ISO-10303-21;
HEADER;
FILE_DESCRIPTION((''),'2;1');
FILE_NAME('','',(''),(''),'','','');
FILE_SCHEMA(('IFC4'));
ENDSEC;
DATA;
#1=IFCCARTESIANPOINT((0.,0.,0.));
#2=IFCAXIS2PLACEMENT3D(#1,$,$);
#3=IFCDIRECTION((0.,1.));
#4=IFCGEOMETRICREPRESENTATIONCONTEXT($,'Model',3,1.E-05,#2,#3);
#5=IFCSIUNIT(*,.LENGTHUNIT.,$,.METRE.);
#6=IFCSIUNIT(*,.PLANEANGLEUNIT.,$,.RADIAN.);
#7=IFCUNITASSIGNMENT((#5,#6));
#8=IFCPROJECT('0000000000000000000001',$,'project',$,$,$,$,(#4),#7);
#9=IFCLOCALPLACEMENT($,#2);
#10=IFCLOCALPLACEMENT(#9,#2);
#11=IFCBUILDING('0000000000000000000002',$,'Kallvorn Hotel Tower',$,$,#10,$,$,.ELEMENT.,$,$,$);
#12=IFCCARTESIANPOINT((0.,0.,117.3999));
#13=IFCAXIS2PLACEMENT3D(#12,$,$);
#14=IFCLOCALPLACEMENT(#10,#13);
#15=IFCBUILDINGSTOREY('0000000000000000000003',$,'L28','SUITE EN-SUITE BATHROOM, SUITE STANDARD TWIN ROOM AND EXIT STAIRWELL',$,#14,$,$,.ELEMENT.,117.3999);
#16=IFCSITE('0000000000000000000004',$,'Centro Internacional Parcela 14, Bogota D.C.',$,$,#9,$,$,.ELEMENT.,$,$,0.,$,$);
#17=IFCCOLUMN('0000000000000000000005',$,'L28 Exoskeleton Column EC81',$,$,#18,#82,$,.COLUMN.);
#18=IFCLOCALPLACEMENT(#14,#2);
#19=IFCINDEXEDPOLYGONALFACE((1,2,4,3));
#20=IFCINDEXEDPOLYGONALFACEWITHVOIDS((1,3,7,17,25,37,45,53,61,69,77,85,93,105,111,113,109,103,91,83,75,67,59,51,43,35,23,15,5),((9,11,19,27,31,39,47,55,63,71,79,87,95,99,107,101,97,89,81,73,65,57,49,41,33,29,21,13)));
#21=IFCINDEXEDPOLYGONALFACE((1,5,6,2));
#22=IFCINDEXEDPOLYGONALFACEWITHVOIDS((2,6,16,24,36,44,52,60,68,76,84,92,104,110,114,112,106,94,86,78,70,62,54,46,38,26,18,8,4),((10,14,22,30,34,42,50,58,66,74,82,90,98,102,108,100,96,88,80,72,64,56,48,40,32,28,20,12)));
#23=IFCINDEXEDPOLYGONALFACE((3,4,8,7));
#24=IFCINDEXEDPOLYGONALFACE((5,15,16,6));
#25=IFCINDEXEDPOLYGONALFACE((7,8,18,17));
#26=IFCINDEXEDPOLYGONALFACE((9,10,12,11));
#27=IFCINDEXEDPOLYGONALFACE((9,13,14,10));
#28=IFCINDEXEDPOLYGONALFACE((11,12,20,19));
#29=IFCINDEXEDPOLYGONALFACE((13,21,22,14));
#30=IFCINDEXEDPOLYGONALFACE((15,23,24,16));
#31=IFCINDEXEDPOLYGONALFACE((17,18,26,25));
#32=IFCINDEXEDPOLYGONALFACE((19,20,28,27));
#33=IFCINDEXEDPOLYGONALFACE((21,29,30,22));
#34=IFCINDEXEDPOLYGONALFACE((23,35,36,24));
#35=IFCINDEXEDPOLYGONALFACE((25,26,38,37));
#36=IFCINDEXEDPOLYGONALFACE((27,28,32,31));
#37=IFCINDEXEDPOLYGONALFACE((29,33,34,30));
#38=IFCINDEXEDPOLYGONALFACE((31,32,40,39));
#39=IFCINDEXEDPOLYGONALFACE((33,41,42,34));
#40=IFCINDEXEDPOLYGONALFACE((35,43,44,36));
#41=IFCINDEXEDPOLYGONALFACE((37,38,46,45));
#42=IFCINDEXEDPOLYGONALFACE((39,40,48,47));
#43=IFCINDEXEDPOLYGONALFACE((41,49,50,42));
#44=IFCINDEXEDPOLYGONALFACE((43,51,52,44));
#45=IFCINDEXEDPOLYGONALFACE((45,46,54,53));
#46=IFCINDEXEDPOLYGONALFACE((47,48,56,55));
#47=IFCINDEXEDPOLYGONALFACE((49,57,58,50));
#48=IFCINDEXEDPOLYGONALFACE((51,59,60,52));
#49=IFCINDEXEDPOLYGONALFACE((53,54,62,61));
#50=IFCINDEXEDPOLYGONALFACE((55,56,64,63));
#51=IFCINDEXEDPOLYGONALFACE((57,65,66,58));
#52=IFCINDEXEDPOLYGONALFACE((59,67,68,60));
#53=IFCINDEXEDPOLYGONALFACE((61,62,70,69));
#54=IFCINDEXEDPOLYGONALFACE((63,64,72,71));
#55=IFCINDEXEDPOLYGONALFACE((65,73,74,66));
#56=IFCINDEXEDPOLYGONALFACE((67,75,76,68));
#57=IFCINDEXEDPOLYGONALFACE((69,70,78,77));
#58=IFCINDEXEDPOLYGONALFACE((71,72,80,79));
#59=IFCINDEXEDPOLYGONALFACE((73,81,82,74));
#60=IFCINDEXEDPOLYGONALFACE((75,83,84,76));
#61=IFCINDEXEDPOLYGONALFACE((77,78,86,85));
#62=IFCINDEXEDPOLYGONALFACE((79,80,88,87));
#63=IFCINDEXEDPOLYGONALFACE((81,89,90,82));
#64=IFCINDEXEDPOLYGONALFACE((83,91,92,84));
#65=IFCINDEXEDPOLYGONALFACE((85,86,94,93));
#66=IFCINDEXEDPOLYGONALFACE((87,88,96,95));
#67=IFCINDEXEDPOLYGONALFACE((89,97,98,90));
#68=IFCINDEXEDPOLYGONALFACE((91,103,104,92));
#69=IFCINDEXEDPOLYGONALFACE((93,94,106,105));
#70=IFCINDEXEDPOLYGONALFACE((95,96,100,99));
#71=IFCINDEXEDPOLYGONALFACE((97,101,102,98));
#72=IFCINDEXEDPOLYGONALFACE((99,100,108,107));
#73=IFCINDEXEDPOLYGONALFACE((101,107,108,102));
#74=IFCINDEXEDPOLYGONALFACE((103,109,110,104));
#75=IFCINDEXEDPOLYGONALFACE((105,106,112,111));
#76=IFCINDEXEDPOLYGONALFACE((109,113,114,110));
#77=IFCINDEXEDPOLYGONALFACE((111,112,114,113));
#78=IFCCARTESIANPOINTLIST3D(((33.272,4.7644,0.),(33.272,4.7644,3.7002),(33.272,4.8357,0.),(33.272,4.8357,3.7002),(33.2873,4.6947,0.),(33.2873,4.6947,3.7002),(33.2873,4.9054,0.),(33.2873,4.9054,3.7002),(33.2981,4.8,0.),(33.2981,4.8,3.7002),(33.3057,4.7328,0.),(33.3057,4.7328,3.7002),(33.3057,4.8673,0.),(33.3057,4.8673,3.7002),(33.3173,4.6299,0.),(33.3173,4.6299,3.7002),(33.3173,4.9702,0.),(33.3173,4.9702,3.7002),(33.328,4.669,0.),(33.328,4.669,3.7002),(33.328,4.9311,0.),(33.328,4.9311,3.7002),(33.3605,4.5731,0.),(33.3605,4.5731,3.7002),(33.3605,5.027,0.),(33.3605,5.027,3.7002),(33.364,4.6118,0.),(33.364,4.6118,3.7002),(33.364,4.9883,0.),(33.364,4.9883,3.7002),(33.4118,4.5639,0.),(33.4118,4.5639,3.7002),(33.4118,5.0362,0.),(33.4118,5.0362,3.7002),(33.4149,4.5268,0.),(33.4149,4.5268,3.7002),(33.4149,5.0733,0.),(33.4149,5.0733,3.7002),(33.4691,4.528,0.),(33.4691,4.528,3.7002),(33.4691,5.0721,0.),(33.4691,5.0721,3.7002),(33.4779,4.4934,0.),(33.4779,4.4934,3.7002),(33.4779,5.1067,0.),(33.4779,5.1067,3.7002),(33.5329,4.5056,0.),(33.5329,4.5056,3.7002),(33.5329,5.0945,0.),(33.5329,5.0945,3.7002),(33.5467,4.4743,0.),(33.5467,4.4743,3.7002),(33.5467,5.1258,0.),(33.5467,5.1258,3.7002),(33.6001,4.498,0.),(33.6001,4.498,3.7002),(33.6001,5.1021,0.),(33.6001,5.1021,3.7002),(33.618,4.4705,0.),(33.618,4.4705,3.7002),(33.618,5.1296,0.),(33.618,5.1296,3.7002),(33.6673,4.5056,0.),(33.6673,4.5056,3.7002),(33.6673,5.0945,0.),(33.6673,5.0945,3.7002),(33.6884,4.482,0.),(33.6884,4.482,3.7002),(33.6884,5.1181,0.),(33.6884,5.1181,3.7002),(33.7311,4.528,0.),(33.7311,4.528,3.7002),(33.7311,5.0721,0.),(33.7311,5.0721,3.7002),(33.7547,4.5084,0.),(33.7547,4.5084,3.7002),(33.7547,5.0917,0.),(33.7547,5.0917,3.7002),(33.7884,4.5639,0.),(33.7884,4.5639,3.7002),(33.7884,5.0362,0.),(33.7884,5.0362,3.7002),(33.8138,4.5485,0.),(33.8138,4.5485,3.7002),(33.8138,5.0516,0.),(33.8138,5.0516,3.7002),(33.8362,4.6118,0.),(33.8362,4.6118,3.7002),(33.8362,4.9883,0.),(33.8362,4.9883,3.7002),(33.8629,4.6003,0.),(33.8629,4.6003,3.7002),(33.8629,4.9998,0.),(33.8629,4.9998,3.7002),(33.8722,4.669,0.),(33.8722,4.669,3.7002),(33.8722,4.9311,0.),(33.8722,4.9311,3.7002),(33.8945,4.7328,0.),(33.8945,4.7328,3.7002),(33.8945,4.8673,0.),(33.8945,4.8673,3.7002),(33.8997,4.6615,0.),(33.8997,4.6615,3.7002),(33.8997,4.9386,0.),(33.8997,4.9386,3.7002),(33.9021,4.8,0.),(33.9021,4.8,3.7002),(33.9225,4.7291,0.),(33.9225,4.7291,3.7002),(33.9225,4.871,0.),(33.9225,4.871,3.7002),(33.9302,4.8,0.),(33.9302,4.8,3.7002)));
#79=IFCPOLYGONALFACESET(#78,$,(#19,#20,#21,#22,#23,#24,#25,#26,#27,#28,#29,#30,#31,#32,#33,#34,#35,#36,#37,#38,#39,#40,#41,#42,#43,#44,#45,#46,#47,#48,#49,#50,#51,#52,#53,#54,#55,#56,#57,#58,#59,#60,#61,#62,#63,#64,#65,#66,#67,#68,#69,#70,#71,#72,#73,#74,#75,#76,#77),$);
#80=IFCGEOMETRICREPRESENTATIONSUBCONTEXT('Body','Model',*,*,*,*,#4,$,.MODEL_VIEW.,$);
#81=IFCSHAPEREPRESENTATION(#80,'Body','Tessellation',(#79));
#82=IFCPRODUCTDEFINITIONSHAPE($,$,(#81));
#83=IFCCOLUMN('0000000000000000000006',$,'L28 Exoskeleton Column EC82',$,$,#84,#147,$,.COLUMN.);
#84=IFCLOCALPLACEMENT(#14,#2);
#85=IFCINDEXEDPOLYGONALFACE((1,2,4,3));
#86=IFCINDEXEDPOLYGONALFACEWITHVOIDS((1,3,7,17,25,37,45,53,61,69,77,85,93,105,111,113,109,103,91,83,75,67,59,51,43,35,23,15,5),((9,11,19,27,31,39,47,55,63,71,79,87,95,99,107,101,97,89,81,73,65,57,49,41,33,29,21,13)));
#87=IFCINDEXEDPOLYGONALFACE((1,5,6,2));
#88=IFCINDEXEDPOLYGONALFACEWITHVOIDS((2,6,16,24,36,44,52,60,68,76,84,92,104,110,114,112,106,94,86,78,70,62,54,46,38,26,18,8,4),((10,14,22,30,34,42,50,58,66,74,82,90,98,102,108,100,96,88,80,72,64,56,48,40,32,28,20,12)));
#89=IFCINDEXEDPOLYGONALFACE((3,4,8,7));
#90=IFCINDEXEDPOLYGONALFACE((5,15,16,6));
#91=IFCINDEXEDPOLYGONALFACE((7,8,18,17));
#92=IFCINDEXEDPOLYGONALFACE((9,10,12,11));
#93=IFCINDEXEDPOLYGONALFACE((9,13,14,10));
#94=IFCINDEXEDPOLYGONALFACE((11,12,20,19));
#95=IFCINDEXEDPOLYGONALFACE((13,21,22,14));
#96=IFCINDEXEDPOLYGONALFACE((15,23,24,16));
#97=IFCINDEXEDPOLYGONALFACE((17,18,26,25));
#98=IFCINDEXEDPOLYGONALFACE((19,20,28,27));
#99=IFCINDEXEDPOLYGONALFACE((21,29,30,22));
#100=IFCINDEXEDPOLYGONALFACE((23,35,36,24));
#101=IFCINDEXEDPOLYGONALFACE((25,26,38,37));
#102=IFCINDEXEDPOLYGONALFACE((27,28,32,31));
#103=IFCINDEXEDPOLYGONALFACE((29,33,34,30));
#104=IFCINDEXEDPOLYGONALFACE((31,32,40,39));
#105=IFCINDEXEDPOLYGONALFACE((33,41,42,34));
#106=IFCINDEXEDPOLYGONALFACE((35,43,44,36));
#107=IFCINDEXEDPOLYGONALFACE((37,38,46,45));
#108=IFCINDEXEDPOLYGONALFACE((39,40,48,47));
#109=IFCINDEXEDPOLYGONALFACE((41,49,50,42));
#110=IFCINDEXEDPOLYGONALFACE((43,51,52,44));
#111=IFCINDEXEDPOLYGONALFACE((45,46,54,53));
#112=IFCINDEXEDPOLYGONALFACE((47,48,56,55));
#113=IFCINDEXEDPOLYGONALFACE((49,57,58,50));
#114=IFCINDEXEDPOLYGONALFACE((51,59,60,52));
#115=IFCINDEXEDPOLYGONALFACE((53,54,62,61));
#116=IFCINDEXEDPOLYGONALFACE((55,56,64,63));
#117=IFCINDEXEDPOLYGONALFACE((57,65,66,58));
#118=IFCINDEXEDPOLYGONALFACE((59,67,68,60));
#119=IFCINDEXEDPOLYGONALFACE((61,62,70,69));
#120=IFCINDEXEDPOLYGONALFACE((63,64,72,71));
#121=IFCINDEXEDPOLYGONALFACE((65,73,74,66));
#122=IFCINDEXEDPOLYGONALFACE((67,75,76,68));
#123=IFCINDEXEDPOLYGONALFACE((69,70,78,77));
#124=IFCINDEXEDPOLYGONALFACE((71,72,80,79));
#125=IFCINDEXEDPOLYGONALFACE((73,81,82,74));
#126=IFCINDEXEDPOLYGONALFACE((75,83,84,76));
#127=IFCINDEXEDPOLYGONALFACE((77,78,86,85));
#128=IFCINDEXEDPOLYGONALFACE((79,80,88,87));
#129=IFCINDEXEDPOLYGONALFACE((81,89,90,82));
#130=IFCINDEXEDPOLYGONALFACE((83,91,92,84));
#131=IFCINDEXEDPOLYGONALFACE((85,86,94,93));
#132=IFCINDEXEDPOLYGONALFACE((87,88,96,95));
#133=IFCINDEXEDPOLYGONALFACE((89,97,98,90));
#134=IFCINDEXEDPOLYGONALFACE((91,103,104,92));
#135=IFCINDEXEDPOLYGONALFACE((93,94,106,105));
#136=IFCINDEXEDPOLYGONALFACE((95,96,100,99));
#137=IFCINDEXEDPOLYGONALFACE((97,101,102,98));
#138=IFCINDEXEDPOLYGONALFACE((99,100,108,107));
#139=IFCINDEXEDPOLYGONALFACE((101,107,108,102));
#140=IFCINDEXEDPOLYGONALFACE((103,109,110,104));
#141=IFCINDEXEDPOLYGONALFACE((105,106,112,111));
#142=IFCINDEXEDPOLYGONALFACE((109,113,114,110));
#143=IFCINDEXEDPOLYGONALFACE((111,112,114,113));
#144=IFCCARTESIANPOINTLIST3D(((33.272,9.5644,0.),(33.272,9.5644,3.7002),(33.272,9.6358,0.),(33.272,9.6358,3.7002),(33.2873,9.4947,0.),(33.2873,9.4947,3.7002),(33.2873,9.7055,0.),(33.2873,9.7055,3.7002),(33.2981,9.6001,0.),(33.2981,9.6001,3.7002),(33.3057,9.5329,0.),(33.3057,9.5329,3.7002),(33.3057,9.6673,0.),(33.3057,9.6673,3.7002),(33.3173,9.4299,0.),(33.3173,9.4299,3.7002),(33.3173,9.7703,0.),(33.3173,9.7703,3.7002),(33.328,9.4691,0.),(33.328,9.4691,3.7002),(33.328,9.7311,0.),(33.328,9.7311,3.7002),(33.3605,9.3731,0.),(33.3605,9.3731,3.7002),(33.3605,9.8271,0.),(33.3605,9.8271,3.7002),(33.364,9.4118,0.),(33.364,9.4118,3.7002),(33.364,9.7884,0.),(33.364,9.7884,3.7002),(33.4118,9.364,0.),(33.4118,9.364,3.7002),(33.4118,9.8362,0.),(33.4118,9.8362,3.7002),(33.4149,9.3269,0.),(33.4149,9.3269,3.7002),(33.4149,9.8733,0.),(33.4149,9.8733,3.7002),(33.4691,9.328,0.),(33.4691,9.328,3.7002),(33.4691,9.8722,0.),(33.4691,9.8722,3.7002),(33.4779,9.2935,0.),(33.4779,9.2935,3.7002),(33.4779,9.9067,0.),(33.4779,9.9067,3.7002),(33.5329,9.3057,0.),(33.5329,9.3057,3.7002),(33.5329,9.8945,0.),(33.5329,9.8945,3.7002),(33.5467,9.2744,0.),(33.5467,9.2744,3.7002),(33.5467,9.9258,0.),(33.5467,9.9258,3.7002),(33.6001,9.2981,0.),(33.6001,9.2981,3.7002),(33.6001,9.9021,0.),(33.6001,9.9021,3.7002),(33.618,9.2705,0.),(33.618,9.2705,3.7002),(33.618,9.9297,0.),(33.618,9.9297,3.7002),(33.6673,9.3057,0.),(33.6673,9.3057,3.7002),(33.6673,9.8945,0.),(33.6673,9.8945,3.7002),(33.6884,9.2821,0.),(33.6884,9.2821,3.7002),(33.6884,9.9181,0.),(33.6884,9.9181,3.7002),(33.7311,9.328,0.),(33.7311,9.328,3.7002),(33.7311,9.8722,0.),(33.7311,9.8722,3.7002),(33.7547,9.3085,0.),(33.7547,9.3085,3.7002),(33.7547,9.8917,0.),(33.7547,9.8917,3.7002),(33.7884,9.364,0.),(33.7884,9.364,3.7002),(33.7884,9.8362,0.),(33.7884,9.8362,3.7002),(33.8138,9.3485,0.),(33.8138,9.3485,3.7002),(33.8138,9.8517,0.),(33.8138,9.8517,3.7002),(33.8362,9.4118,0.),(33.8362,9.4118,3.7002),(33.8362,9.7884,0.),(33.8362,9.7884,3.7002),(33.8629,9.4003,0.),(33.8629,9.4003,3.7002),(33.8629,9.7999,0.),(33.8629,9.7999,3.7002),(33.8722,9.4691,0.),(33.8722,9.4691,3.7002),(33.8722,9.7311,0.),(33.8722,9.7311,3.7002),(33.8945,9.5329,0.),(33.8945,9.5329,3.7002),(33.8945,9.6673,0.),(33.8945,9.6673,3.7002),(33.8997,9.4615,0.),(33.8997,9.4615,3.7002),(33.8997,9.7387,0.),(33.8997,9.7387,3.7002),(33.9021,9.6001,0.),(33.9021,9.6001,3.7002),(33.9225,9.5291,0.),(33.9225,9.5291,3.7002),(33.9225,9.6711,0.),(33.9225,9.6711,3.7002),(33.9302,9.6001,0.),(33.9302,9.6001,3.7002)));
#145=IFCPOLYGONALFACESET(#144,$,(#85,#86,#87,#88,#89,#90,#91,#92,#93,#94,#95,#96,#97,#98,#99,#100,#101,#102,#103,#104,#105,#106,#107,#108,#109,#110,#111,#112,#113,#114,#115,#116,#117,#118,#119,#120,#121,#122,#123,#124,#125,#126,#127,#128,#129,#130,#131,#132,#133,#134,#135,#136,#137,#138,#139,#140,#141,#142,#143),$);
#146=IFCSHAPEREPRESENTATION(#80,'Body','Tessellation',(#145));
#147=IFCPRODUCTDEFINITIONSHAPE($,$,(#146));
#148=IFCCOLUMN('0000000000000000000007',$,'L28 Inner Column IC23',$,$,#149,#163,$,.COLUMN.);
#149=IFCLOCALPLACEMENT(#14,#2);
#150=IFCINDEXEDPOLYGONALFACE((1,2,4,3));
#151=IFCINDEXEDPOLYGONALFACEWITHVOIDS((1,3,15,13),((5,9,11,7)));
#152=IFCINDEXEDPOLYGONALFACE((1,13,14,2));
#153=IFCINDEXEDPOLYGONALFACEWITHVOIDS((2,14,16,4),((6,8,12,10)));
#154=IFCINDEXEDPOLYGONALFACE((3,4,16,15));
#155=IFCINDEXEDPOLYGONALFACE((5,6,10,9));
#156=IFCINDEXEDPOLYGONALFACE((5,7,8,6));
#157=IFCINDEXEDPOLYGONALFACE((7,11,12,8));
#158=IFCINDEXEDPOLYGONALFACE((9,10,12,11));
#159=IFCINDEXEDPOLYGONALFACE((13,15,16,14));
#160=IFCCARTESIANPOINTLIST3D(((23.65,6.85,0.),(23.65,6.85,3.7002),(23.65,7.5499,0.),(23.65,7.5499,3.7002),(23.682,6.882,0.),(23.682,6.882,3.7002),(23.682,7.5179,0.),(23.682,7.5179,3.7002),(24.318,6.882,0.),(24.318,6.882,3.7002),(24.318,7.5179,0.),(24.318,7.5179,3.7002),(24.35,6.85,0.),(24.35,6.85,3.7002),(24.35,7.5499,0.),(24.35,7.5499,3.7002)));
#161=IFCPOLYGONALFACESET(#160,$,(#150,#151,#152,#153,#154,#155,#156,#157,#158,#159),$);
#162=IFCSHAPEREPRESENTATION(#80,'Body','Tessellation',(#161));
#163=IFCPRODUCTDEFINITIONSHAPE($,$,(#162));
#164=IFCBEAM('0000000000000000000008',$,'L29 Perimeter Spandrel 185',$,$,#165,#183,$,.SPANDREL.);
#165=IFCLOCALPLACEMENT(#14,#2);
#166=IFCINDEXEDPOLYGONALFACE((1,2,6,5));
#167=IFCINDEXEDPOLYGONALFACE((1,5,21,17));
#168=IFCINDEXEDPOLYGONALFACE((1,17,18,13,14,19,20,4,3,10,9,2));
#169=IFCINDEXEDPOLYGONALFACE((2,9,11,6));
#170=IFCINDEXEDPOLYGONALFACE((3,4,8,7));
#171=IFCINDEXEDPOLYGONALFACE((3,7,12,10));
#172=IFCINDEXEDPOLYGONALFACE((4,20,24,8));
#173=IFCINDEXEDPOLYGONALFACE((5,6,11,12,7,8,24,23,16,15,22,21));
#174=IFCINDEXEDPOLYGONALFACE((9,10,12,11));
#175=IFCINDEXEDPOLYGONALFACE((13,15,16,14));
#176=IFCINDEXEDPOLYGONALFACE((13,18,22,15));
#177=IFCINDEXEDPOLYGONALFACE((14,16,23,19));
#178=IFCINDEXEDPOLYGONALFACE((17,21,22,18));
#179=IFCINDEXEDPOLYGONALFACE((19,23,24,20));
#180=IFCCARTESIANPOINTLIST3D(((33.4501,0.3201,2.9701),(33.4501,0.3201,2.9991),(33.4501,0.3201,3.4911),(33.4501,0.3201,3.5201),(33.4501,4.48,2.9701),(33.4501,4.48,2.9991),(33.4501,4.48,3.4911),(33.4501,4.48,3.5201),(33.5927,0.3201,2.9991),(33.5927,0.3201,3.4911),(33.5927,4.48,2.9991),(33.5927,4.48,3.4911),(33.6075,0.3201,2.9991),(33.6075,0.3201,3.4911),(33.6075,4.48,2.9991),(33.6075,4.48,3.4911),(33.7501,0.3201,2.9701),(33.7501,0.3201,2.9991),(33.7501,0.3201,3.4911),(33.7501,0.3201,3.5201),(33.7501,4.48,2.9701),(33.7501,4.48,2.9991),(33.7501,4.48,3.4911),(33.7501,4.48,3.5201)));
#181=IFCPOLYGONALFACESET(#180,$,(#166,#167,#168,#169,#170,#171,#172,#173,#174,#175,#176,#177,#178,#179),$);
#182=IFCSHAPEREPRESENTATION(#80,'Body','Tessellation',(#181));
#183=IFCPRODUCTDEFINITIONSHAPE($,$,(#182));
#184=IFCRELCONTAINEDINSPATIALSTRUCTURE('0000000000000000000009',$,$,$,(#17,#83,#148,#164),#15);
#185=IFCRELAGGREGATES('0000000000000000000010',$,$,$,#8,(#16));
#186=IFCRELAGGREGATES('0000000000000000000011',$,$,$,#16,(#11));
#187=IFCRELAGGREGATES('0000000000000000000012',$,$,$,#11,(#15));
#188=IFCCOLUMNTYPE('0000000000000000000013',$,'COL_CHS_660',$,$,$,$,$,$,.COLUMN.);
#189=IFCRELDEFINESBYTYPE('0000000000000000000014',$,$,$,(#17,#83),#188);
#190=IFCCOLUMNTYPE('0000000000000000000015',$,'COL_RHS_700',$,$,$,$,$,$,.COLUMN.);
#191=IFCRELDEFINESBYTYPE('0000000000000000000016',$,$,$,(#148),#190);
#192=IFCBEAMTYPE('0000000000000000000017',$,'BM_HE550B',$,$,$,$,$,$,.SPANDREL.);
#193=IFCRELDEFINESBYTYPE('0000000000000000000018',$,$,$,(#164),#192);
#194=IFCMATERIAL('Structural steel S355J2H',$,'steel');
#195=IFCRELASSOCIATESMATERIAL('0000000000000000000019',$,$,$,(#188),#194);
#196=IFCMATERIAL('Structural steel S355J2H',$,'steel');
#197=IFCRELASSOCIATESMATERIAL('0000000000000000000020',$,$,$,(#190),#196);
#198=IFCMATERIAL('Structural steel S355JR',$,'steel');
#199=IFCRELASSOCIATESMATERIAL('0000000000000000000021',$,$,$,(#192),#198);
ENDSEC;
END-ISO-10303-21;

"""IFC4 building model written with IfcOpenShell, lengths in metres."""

from ifc_helpers import new_model, si_unit, direction, frame, origin, origin_2d, place, context, subcontext, project, spatial, hollow_rectangle, hollow_circle, i_section, extrude, material, material_profile, profile_set, type_object, element, save


model = new_model("IFC4")

# Units and contexts
model_context = context("Model", 3, precision=1e-05, world=origin(), true_north=direction((0.0, 1.0)))
body_context = subcontext(model_context, "Body", "Model", "MODEL_VIEW")
ifc_project = project(units=[si_unit("LENGTHUNIT", "METRE"), si_unit("PLANEANGLEUNIT", "RADIAN")], contexts=[model_context])

# Site, building, storey
site_placement = place(None, origin())
site = spatial("IfcSite", under=ifc_project, at=site_placement, Name="Centro Internacional Parcela 14, Bogota D.C.", CompositionType="ELEMENT", RefElevation=0.0)
building_placement = place(site_placement, origin())
building = spatial("IfcBuilding", under=site, at=building_placement, Name="Kallvorn Hotel Tower", CompositionType="ELEMENT")
storey_placement = place(building_placement, frame((0.0, 0.0, 117.3999)))
storey = spatial("IfcBuildingStorey", under=building, at=storey_placement, Name="L28", Description="SUITE EN-SUITE BATHROOM, SUITE STANDARD TWIN ROOM AND EXIT STAIRWELL", CompositionType="ELEMENT", Elevation=117.3999)

# Columns
ifc_material_1 = material(Name="Structural steel S355J2H", Category="steel")
ifc_material_profile_1 = material_profile(ifc_material_1, hollow_circle(Radius=0.3301, WallThickness=0.0281, at=origin_2d()), Name="CHS 660x28")
ifc_profile_set_1 = profile_set([ifc_material_profile_1], Name="Structural steel S355J2H")
column_type_1 = type_object("IfcColumnType", Name="COL_CHS_660", PredefinedType="COLUMN", material=ifc_profile_set_1)
for number, where, z_axis, x_axis, name in (
    (1, (33.6001, 4.8, 0.0), (0.0, 0.0, 1.0), (1.0, 0.0, 0.0), "L28 Exoskeleton Column EC81"),
    (2, (33.6001, 9.6001, 0.0), (0.0, 0.0, 1.0), (1.0, 0.0, 0.0), "L28 Exoskeleton Column EC82"),
):
    element("IfcColumn", number, at=place(storey_placement, frame(where, z_axis=z_axis, x_axis=x_axis)), inside=storey, type_object=column_type_1, Name=name, PredefinedType="COLUMN", context=body_context, shape_type="SweptSolid", body=[
        extrude(hollow_circle(Radius=0.3301, WallThickness=0.0281, at=origin_2d()), origin(), (0.0, 0.0, 1.0), 3.7002),
    ])
ifc_material_2 = material(Name="Structural steel S355J2H", Category="steel")
ifc_material_profile_2 = material_profile(ifc_material_2, hollow_rectangle(XDim=0.7, YDim=0.7, WallThickness=0.032, at=origin_2d()), Name="RHS 700x700x32")
ifc_profile_set_2 = profile_set([ifc_material_profile_2], Name="Structural steel S355J2H")
column_type_2 = type_object("IfcColumnType", Name="COL_RHS_700", PredefinedType="COLUMN", material=ifc_profile_set_2)
column_placement = place(storey_placement, frame((24.0, 7.2, 0.0), z_axis=(0.0, 0.0, 1.0), x_axis=(1.0, 0.0, 0.0)))
element("IfcColumn", 3, at=column_placement, inside=storey, type_object=column_type_2, Name="L28 Inner Column IC23", PredefinedType="COLUMN", context=body_context, shape_type="SweptSolid", body=[
    extrude(hollow_rectangle(XDim=0.7, YDim=0.7, WallThickness=0.032, at=origin_2d()), origin(), (0.0, 0.0, 1.0), 3.7002),
])

# Beam
ifc_material_3 = material(Name="Structural steel S355JR", Category="steel")
ifc_material_profile_3 = material_profile(ifc_material_3, i_section(OverallWidth=0.3, OverallDepth=0.55, WebThickness=0.0149, FlangeThickness=0.0291, at=origin_2d()), Name="HE 550 B")
ifc_profile_set_3 = profile_set([ifc_material_profile_3], Name="Structural steel S355JR")
beam_type_1 = type_object("IfcBeamType", Name="BM_HE550B", PredefinedType="SPANDREL", material=ifc_profile_set_3)
for number, where, z_axis, x_axis, name in (
    (4, (33.6001, 0.3201, 3.2451), (0.0, 1.0, 0.0), (-1.0, 0.0, 0.0), "L29 Perimeter Spandrel 185"),
):
    element("IfcBeam", number, at=place(storey_placement, frame(where, z_axis=z_axis, x_axis=x_axis)), inside=storey, type_object=beam_type_1, Name=name, PredefinedType="SPANDREL", context=body_context, shape_type="SweptSolid", body=[
        extrude(i_section(OverallWidth=0.3, OverallDepth=0.55, WebThickness=0.0149, FlangeThickness=0.0291, at=origin_2d()), origin(), (0.0, 0.0, 1.0), 4.1599),
    ])

save(model, "model.ifc")
